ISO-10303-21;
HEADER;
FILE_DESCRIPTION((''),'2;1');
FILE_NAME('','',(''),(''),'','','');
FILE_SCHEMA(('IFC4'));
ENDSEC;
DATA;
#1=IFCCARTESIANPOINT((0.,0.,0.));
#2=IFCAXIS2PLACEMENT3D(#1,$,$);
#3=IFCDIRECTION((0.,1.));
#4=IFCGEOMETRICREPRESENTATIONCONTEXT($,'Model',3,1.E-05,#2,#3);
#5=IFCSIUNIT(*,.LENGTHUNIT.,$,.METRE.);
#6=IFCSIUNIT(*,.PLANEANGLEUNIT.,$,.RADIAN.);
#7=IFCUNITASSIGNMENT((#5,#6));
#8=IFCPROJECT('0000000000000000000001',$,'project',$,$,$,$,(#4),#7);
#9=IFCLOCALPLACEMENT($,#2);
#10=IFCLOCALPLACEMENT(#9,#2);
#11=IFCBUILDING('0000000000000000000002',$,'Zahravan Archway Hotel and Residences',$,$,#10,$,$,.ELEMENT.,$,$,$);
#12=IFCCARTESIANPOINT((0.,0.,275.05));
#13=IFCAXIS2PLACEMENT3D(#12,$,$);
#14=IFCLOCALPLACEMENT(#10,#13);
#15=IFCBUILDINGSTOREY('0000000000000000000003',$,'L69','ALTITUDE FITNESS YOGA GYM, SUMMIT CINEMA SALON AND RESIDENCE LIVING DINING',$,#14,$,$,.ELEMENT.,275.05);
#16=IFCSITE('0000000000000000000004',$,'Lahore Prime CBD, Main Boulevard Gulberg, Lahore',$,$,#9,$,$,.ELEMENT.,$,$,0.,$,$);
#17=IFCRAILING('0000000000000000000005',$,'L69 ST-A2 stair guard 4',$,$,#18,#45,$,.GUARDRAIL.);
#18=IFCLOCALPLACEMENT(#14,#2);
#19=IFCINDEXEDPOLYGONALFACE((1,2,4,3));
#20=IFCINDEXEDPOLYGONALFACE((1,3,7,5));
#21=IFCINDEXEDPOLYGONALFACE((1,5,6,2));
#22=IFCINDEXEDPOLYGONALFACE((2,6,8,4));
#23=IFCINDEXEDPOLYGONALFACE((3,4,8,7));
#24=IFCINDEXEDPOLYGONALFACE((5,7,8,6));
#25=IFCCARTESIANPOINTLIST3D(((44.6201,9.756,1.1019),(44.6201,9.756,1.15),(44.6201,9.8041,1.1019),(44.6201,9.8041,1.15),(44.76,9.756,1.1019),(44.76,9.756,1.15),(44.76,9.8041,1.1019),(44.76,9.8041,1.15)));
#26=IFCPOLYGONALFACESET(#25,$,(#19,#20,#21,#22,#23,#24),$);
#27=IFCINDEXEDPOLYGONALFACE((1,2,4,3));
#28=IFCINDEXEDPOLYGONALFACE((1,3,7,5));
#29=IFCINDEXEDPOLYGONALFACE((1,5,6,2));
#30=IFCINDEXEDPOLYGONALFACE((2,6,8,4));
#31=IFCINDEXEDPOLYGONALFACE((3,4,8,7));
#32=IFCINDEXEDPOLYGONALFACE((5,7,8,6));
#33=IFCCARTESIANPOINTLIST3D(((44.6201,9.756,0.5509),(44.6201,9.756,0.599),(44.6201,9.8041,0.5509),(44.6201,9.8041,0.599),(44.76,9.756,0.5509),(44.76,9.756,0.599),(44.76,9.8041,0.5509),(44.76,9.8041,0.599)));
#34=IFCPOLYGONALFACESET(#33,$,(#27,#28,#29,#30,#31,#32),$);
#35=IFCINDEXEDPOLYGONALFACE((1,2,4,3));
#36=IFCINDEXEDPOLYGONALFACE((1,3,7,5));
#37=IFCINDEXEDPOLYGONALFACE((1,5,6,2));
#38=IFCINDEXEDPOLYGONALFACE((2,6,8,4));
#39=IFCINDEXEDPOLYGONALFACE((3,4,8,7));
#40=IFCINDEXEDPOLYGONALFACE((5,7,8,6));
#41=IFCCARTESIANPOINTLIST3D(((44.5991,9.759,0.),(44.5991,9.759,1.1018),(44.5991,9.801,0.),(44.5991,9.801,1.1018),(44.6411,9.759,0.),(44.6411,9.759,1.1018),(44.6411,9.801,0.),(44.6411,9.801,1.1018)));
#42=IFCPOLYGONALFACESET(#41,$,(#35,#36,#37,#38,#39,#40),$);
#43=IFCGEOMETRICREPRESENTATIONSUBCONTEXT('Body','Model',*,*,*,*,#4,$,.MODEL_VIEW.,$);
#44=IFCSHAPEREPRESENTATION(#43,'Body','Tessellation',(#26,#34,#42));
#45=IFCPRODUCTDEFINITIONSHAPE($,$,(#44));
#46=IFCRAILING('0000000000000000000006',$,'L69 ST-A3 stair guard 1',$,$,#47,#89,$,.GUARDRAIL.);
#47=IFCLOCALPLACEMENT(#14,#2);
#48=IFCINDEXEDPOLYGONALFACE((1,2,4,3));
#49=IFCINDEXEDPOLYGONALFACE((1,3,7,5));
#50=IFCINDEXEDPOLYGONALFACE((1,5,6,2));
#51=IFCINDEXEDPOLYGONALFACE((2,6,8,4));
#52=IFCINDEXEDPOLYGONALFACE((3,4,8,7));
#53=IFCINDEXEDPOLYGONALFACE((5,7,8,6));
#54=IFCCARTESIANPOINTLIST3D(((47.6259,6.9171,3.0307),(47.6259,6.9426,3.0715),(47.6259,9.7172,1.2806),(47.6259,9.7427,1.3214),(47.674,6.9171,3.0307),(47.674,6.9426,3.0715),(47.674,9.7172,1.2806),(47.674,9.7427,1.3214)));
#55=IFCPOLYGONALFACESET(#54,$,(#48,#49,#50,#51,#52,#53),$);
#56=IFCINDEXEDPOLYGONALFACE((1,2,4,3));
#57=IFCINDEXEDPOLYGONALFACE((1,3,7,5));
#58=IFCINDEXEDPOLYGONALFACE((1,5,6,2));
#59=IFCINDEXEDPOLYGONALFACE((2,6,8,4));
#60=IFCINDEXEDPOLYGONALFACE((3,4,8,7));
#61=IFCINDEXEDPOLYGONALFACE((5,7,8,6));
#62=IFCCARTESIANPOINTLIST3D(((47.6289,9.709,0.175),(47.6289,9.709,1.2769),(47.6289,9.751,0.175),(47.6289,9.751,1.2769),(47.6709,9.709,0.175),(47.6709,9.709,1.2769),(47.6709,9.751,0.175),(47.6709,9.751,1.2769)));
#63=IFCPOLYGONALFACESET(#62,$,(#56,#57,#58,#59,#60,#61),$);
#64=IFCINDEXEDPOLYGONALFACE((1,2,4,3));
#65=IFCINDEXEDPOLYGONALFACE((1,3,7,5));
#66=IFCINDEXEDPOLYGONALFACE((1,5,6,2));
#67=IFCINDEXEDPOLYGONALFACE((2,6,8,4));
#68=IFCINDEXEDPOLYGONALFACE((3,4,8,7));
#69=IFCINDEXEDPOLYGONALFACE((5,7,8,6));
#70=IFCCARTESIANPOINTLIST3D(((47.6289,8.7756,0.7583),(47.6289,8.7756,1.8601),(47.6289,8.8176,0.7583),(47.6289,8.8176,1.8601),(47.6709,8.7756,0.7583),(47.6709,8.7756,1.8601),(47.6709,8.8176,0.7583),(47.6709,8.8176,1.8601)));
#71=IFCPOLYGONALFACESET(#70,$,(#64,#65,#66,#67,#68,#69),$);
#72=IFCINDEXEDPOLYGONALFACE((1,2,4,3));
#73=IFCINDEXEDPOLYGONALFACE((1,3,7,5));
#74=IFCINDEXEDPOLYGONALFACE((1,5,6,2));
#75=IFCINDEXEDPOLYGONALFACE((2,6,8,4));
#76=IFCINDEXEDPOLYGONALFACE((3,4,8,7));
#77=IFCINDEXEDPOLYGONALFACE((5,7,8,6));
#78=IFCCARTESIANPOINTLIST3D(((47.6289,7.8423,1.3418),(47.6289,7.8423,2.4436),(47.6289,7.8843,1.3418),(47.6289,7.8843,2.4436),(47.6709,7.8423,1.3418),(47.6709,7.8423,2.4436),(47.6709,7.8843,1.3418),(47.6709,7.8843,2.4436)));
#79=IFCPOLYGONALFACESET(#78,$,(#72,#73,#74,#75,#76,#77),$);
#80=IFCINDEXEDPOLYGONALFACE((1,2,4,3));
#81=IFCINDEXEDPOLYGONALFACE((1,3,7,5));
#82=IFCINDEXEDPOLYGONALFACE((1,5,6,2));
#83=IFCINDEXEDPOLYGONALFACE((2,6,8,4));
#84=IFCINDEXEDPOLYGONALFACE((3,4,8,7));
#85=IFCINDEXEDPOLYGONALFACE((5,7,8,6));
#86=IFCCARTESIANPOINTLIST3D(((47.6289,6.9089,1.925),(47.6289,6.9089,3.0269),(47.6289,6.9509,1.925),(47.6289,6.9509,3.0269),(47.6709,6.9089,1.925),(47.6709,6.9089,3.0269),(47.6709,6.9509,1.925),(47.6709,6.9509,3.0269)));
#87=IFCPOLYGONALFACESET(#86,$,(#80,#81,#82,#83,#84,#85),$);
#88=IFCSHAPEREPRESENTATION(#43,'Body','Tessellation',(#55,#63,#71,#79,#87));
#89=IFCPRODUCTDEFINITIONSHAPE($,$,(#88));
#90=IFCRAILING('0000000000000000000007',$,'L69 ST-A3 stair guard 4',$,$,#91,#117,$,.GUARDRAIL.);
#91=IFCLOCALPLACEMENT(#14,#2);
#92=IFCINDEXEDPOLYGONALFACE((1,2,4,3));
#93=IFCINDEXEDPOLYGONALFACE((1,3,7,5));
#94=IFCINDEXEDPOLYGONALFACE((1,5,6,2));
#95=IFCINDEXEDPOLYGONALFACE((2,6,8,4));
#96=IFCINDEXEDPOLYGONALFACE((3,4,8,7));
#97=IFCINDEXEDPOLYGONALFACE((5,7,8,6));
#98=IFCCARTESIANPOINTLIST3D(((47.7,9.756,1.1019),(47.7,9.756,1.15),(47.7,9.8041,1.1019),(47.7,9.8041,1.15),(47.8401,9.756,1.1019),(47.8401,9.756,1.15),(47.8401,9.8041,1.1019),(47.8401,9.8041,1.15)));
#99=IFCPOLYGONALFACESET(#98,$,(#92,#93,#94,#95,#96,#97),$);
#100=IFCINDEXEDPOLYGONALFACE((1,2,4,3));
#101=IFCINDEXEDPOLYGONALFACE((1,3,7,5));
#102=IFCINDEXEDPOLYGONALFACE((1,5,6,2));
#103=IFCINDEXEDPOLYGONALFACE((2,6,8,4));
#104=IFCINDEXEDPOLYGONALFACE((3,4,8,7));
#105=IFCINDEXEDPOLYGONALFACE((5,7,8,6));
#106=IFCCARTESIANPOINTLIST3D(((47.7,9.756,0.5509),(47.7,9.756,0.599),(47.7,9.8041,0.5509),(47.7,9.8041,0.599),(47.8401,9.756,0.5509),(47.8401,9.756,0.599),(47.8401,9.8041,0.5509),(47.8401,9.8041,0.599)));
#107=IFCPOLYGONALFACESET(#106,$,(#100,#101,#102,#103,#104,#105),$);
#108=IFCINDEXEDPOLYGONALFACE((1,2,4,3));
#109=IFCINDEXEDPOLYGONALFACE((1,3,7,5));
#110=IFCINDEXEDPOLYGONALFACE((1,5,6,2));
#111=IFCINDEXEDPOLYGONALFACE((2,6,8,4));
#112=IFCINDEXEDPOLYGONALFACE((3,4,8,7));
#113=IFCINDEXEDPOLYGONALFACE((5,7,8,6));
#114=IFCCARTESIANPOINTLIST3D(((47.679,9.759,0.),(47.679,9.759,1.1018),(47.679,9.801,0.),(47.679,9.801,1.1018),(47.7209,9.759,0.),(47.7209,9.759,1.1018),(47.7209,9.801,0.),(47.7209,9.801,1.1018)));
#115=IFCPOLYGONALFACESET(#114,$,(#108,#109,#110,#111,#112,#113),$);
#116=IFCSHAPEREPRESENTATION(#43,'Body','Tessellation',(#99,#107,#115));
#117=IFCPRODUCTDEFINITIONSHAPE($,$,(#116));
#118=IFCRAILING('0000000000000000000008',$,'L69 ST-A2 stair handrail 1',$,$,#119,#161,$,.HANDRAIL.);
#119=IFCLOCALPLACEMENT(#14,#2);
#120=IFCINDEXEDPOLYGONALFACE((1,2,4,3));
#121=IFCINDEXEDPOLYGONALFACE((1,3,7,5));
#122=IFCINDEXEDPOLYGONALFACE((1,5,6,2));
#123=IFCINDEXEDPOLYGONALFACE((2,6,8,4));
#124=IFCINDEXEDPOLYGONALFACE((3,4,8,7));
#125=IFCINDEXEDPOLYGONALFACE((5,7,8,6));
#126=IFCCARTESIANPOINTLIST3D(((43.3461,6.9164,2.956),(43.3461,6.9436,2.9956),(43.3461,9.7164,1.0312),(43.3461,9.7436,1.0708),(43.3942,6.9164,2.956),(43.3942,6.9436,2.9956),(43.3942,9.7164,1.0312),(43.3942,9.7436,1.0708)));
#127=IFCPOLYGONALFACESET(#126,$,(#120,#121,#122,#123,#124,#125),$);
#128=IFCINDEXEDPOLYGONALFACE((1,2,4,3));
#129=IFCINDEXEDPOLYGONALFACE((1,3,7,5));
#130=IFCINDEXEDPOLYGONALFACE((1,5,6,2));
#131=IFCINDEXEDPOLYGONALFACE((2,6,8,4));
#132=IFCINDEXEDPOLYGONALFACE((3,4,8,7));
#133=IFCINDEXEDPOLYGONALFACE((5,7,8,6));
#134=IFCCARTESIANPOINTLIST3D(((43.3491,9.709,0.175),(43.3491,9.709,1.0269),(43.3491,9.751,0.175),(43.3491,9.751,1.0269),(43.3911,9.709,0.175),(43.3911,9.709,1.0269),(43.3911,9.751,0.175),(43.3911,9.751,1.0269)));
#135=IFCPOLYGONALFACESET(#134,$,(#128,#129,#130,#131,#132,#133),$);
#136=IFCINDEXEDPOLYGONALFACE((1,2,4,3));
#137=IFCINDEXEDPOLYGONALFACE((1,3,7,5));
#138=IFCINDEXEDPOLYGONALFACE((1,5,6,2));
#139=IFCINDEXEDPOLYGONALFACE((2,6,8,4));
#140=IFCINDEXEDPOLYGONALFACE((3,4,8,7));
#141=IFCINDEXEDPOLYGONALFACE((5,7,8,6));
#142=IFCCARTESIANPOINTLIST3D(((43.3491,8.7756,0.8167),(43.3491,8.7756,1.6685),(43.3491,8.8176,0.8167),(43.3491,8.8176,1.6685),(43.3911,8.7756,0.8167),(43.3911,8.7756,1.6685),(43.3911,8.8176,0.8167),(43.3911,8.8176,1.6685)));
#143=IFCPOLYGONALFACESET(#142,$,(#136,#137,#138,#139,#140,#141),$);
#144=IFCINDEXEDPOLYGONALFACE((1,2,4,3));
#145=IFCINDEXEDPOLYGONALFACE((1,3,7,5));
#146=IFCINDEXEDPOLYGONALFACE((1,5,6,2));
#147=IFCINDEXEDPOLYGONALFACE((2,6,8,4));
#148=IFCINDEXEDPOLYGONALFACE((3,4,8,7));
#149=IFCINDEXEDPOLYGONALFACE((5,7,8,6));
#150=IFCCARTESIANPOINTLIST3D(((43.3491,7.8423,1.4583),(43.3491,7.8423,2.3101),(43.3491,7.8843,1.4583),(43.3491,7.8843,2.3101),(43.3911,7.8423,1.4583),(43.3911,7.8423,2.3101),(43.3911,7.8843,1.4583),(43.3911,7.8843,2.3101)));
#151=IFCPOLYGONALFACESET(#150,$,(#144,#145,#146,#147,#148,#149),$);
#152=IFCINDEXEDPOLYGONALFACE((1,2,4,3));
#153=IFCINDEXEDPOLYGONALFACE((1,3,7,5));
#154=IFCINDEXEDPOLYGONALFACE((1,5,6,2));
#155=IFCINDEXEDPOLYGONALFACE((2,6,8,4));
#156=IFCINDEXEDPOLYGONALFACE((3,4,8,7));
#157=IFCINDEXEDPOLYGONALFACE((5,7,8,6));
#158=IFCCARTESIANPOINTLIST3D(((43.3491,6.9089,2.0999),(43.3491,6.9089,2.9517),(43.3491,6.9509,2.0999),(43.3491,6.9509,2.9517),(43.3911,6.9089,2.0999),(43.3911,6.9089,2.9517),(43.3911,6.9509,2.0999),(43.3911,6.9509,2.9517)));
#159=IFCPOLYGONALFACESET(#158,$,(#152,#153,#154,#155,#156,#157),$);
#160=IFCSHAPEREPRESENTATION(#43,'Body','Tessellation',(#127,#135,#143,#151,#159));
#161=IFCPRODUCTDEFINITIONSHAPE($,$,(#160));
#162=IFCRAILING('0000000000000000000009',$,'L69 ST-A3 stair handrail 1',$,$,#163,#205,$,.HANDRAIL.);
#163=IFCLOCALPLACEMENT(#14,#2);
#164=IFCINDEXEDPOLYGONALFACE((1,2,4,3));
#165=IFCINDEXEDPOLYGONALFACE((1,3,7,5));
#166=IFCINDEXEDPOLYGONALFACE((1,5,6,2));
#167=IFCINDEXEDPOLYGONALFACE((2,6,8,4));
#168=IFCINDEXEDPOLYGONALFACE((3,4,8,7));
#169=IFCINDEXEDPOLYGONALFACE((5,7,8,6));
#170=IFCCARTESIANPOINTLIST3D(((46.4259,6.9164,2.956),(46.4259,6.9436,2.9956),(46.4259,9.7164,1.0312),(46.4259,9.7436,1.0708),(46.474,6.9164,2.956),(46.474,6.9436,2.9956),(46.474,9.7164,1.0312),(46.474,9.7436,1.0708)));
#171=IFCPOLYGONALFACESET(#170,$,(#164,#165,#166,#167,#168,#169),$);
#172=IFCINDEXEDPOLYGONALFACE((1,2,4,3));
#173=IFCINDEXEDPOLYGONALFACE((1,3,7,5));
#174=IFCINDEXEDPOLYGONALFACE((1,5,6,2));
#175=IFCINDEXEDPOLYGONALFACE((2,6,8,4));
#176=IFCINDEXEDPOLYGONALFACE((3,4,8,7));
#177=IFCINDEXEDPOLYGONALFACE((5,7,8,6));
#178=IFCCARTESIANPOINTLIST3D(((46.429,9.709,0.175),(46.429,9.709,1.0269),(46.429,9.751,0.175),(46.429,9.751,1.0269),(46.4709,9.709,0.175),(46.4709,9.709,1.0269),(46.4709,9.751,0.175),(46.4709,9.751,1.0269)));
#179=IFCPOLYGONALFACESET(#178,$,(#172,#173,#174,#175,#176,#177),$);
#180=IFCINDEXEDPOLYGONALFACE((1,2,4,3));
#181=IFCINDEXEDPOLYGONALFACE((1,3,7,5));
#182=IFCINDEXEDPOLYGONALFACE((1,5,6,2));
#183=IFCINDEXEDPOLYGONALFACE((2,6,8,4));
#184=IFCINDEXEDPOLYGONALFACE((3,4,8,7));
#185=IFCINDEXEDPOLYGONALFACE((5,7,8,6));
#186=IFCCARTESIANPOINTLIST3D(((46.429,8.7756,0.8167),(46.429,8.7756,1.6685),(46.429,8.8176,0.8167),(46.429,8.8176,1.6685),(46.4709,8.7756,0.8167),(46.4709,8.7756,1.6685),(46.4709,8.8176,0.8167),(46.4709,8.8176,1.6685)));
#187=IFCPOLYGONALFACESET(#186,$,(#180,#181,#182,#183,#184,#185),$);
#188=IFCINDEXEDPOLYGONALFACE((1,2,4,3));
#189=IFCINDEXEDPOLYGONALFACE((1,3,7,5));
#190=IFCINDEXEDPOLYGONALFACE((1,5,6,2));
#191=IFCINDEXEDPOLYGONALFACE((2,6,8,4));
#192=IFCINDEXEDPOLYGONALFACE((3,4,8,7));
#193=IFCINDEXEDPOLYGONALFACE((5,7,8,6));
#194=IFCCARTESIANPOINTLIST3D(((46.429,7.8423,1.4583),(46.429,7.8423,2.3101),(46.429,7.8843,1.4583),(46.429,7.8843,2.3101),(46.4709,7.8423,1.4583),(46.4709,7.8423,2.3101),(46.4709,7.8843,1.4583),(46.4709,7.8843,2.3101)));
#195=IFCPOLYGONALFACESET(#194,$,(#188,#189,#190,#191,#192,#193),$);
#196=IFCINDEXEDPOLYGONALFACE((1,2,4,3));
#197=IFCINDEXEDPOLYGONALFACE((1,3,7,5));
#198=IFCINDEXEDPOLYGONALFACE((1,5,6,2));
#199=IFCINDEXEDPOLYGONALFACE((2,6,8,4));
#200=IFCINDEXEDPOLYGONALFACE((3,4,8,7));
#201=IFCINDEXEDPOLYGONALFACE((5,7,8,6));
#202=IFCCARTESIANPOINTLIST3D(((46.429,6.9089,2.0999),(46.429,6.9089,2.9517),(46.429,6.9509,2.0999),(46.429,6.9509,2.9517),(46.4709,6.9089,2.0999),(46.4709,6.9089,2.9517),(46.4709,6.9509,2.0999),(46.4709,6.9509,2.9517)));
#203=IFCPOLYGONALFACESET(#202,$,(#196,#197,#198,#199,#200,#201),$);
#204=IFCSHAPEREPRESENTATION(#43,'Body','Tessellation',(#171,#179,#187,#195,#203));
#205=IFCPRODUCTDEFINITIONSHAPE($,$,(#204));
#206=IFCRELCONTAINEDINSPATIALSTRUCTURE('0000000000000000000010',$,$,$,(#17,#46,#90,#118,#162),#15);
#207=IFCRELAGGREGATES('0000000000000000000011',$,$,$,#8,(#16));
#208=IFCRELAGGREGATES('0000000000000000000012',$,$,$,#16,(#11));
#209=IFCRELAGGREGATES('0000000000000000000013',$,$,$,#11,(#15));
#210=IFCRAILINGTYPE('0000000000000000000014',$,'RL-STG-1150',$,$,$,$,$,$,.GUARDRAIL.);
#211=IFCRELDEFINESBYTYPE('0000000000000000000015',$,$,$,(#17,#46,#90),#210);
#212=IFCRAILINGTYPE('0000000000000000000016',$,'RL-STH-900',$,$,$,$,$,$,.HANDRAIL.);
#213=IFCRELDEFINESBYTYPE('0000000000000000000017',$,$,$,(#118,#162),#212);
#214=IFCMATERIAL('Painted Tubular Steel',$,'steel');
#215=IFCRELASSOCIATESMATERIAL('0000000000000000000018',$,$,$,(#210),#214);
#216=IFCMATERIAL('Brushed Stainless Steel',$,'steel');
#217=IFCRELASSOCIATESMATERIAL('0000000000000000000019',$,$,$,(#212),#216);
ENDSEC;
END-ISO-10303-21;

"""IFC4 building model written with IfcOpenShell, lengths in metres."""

from ifc_helpers import new_model, si_unit, direction, frame, origin, origin_2d, place, context, subcontext, project, spatial, rectangle, extrude, material, type_object, element, save


model = new_model("IFC4")

# Units and contexts
model_context = context("Model", 3, precision=1e-05, world=origin(), true_north=direction((0.0, 1.0)))
body_context = subcontext(model_context, "Body", "Model", "MODEL_VIEW")
ifc_project = project(units=[si_unit("LENGTHUNIT", "METRE"), si_unit("PLANEANGLEUNIT", "RADIAN")], contexts=[model_context])

# Site, building, storey
site_placement = place(None, origin())
site = spatial("IfcSite", under=ifc_project, at=site_placement, Name="Lahore Prime CBD, Main Boulevard Gulberg, Lahore", CompositionType="ELEMENT", RefElevation=0.0)
building_placement = place(site_placement, origin())
building = spatial("IfcBuilding", under=site, at=building_placement, Name="Zahravan Archway Hotel and Residences", CompositionType="ELEMENT")
storey_placement = place(building_placement, frame((0.0, 0.0, 275.05)))
storey = spatial("IfcBuildingStorey", under=building, at=storey_placement, Name="L69", Description="ALTITUDE FITNESS YOGA GYM, SUMMIT CINEMA SALON AND RESIDENCE LIVING DINING", CompositionType="ELEMENT", Elevation=275.05)

# Railings
ifc_material_1 = material(Name="Painted Tubular Steel", Category="steel")
railing_type_1 = type_object("IfcRailingType", Name="RL-STG-1150", PredefinedType="GUARDRAIL", material=ifc_material_1)
railing_1_placement = place(storey_placement, frame((44.6201, 9.78, 0.0)))
element("IfcRailing", 1, at=railing_1_placement, inside=storey, type_object=railing_type_1, Name="L69 ST-A2 stair guard 4", PredefinedType="GUARDRAIL", context=body_context, shape_type="SweptSolid", body=[
    extrude(rectangle(XDim=0.0481, YDim=0.0481, at=origin_2d()), frame((0.0, 0.0, 1.126), z_axis=(1.0, 0.0, 0.0), x_axis=(0.0, 1.0, 0.0)), (0.0, 0.0, 1.0), 0.1399),
    extrude(rectangle(XDim=0.0481, YDim=0.0481, at=origin_2d()), frame((0.0, 0.0, 0.575), z_axis=(1.0, 0.0, 0.0), x_axis=(0.0, 1.0, 0.0)), (0.0, 0.0, 1.0), 0.1399),
    extrude(rectangle(XDim=0.042, YDim=0.042, at=origin_2d()), origin(), (0.0, 0.0, 1.0), 1.1018),
])
railing_2_placement = place(storey_placement, frame((47.6499, 9.73, 0.175)))
element("IfcRailing", 2, at=railing_2_placement, inside=storey, type_object=railing_type_1, Name="L69 ST-A3 stair guard 1", PredefinedType="GUARDRAIL", context=body_context, shape_type="SweptSolid", body=[
    extrude(rectangle(XDim=0.0481, YDim=0.0481, at=origin_2d()), frame((0.0, 0.0, 1.126), z_axis=(0.0, -0.848002, 0.529992), x_axis=(1.0, 0.0, 0.0)), (0.0, 0.0, 1.0), 3.302),
    extrude(rectangle(XDim=0.042, YDim=0.042, at=origin_2d()), origin(), (0.0, 0.0, 1.0), 1.1018),
    extrude(rectangle(XDim=0.042, YDim=0.042, at=origin_2d()), frame((0.0, -0.9333, 0.5833)), (0.0, 0.0, 1.0), 1.1018),
    extrude(rectangle(XDim=0.042, YDim=0.042, at=origin_2d()), frame((0.0, -1.8667, 1.1667)), (0.0, 0.0, 1.0), 1.1018),
    extrude(rectangle(XDim=0.042, YDim=0.042, at=origin_2d()), frame((0.0, -2.8, 1.75)), (0.0, 0.0, 1.0), 1.1018),
])
railing_3_placement = place(storey_placement, frame((47.7, 9.78, 0.0)))
element("IfcRailing", 3, at=railing_3_placement, inside=storey, type_object=railing_type_1, Name="L69 ST-A3 stair guard 4", PredefinedType="GUARDRAIL", context=body_context, shape_type="SweptSolid", body=[
    extrude(rectangle(XDim=0.0481, YDim=0.0481, at=origin_2d()), frame((0.0, 0.0, 1.126), z_axis=(1.0, 0.0, 0.0), x_axis=(0.0, 1.0, 0.0)), (0.0, 0.0, 1.0), 0.1401),
    extrude(rectangle(XDim=0.0481, YDim=0.0481, at=origin_2d()), frame((0.0, 0.0, 0.575), z_axis=(1.0, 0.0, 0.0), x_axis=(0.0, 1.0, 0.0)), (0.0, 0.0, 1.0), 0.1401),
    extrude(rectangle(XDim=0.042, YDim=0.042, at=origin_2d()), origin(), (0.0, 0.0, 1.0), 1.1018),
])
ifc_material_2 = material(Name="Brushed Stainless Steel", Category="steel")
railing_type_2 = type_object("IfcRailingType", Name="RL-STH-900", PredefinedType="HANDRAIL", material=ifc_material_2)
for number, where, name in (
    (4, (43.3701, 9.73, 0.175), "L69 ST-A2 stair handrail 1"),
    (5, (46.45, 9.73, 0.175), "L69 ST-A3 stair handrail 1"),
):
    element("IfcRailing", number, at=place(storey_placement, frame(where)), inside=storey, type_object=railing_type_2, Name=name, PredefinedType="HANDRAIL", context=body_context, shape_type="SweptSolid", body=[
        extrude(rectangle(XDim=0.0481, YDim=0.0481, at=origin_2d()), frame((0.0, 0.0, 0.876), z_axis=(0.0, -0.824073, 0.566483), x_axis=(1.0, 0.0, 0.0)), (0.0, 0.0, 1.0), 3.3977),
        extrude(rectangle(XDim=0.042, YDim=0.042, at=origin_2d()), origin(), (0.0, 0.0, 1.0), 0.8518),
        extrude(rectangle(XDim=0.042, YDim=0.042, at=origin_2d()), frame((0.0, -0.9333, 0.6416)), (0.0, 0.0, 1.0), 0.8518),
        extrude(rectangle(XDim=0.042, YDim=0.042, at=origin_2d()), frame((0.0, -1.8667, 1.2832)), (0.0, 0.0, 1.0), 0.8518),
        extrude(rectangle(XDim=0.042, YDim=0.042, at=origin_2d()), frame((0.0, -2.8, 1.9248)), (0.0, 0.0, 1.0), 0.8518),
    ])

save(model, "model.ifc")
